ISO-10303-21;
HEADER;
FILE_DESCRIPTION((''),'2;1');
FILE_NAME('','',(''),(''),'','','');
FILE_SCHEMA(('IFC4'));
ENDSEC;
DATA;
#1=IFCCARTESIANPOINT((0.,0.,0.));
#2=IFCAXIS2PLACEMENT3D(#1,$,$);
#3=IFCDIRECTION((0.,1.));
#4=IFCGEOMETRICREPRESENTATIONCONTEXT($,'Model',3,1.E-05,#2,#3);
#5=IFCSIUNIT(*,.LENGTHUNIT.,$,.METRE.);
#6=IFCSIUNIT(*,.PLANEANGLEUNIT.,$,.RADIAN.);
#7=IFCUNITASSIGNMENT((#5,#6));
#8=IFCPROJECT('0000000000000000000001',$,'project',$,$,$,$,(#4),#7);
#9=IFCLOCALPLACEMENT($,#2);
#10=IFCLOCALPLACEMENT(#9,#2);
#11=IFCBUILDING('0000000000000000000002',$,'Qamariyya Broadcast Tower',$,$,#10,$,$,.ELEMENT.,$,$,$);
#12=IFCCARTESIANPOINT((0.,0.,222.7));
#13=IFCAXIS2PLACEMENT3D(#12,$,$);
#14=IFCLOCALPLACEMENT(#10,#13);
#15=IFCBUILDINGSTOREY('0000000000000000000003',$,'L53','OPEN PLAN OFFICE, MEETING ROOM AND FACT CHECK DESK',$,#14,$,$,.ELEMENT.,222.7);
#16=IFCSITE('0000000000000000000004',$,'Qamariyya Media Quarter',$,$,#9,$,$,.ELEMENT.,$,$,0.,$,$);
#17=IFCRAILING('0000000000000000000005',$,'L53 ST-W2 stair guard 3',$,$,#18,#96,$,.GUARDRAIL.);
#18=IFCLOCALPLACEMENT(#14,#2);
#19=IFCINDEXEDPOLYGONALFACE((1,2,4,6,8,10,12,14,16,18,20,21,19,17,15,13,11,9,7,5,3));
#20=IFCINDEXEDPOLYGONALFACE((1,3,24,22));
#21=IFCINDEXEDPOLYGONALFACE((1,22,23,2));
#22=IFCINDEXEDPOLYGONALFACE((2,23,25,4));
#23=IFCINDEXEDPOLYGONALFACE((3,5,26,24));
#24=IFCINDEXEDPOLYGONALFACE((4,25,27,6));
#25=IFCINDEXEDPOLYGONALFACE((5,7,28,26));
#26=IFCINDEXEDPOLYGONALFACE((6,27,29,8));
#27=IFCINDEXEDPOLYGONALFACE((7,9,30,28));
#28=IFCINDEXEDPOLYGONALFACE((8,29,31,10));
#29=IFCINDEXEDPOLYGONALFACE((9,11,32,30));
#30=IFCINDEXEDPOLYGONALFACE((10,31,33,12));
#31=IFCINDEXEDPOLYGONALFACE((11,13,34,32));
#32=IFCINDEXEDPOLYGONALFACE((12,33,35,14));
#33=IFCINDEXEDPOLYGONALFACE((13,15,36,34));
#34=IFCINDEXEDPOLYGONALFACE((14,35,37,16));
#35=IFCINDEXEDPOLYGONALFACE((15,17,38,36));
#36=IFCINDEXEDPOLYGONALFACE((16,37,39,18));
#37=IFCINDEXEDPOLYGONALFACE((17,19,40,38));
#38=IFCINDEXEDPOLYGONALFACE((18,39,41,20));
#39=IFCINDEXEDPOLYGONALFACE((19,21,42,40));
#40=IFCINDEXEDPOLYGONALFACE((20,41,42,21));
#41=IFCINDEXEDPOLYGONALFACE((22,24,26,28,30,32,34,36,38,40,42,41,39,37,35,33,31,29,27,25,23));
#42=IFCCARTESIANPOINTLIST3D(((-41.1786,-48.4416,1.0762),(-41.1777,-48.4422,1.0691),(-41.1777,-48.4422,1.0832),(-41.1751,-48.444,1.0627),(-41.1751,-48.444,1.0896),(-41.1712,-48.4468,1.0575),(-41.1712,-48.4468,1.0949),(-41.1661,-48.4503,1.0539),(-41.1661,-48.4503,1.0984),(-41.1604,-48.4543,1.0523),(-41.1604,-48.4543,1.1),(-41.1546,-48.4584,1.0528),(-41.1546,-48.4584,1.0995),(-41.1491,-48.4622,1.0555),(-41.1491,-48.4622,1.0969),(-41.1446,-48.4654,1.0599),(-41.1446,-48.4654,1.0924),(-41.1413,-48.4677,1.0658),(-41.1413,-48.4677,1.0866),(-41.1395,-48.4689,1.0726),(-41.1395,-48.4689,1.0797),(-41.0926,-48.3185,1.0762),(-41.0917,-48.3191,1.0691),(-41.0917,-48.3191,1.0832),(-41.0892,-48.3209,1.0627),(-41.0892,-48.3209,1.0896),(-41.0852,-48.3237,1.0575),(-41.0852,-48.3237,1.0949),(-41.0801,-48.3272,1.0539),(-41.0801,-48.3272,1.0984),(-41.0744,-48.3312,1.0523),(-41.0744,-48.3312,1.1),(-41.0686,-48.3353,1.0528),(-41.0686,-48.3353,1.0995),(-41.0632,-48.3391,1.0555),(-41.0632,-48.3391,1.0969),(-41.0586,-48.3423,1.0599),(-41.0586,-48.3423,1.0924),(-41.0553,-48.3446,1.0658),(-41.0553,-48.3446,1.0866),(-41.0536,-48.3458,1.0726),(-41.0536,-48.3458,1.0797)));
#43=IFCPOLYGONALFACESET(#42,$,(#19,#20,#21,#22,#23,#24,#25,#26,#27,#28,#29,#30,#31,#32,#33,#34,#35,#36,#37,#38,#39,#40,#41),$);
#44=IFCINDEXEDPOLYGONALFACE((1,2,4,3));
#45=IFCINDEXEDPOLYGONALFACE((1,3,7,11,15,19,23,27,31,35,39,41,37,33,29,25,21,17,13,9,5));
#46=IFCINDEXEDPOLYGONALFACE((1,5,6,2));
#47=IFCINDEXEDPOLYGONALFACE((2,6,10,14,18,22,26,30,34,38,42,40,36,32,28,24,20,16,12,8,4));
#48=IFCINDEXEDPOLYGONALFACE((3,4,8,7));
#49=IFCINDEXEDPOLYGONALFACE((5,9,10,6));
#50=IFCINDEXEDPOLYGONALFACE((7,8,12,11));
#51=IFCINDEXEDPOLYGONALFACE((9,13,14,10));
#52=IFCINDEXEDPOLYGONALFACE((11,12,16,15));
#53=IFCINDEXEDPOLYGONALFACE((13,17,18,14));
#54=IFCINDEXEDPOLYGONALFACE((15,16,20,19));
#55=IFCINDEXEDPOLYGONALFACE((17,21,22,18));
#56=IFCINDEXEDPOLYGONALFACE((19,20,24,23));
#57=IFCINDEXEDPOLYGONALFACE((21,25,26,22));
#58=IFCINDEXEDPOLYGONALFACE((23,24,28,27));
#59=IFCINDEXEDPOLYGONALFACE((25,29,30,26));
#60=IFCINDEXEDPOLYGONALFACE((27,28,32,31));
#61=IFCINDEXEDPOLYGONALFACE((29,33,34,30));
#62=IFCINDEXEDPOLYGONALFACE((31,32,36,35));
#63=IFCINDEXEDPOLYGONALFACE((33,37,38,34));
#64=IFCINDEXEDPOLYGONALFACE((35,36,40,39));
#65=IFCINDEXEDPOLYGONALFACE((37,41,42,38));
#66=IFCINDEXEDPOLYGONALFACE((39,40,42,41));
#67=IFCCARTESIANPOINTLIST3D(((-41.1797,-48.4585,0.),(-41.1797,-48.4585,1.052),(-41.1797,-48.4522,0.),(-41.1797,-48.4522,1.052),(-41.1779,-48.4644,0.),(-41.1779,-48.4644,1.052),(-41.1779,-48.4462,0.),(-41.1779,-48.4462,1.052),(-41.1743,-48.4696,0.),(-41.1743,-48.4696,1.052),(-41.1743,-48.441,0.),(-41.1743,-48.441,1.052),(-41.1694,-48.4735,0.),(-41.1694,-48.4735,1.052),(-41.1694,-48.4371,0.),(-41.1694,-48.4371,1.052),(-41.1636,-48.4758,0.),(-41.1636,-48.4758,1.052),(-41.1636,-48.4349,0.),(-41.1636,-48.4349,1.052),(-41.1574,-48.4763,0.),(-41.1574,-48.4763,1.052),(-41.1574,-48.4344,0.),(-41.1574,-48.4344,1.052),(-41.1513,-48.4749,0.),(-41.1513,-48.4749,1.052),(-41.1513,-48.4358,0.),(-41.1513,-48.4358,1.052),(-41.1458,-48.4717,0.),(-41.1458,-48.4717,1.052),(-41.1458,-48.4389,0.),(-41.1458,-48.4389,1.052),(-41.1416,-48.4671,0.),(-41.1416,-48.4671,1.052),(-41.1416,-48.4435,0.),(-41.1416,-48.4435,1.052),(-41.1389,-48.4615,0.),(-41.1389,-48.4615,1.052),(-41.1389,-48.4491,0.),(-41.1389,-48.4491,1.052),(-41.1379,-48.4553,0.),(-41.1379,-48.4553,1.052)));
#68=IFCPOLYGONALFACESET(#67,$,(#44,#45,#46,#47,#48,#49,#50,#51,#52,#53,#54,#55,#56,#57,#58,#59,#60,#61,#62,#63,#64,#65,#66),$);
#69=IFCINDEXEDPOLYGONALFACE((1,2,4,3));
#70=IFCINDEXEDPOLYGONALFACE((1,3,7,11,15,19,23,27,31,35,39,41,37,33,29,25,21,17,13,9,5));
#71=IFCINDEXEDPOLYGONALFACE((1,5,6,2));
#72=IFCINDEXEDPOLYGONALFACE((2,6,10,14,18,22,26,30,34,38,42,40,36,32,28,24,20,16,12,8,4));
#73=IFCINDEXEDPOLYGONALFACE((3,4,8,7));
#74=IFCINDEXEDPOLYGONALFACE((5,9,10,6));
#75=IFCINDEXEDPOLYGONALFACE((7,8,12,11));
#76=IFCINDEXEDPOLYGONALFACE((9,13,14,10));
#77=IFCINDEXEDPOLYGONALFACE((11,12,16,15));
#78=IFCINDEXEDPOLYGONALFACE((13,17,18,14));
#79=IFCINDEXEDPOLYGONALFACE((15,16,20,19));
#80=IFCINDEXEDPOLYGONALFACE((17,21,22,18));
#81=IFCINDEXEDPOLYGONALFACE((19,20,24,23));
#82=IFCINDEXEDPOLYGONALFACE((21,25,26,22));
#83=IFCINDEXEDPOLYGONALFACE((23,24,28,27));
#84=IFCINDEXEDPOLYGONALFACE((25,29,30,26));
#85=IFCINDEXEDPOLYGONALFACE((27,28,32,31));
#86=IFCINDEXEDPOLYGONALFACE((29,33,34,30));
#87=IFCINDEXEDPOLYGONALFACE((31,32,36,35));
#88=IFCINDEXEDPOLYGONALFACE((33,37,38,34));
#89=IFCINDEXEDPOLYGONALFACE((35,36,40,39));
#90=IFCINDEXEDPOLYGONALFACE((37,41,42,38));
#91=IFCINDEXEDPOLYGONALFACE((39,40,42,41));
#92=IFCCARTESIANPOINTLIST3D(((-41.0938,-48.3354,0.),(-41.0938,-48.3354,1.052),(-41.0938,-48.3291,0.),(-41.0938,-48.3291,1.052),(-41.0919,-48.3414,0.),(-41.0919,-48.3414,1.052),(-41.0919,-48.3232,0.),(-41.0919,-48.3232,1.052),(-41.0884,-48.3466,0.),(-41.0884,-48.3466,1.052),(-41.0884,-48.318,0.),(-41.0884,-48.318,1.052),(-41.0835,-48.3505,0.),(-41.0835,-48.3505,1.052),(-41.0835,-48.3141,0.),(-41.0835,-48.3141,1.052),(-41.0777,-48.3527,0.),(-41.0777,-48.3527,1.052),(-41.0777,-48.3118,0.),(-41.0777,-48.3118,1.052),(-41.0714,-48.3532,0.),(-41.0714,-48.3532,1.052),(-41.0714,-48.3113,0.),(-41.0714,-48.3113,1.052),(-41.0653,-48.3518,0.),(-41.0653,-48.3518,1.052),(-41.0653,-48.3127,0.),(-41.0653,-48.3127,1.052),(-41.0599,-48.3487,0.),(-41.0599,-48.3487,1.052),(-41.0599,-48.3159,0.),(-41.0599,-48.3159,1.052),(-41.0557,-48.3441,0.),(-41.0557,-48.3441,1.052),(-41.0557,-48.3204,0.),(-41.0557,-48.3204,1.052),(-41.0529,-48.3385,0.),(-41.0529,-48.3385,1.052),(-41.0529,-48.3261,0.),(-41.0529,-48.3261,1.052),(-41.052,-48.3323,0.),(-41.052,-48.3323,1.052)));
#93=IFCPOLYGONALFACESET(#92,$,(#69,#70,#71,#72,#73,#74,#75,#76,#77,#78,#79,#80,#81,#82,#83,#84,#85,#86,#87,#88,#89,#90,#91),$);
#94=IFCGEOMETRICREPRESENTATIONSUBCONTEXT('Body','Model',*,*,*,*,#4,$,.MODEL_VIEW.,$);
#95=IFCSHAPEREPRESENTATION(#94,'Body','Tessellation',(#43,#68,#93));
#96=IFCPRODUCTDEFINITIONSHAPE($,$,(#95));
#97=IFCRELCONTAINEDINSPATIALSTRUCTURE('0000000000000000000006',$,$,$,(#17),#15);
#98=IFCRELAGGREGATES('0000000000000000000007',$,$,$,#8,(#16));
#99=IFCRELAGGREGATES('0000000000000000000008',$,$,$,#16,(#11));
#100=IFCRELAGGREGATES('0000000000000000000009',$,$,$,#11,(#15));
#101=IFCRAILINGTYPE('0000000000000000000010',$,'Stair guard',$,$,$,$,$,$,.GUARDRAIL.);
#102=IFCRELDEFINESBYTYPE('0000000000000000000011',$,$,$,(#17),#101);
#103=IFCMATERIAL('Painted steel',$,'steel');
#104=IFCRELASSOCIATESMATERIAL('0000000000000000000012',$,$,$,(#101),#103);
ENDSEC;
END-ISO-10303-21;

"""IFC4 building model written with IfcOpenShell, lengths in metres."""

from ifc_helpers import new_model, si_unit, direction, frame, origin, origin_2d, place, context, subcontext, project, spatial, circle, extrude, material, type_object, element, save


model = new_model("IFC4")

# Units and contexts
model_context = context("Model", 3, precision=1e-05, world=origin(), true_north=direction((0.0, 1.0)))
body_context = subcontext(model_context, "Body", "Model", "MODEL_VIEW")
ifc_project = project(units=[si_unit("LENGTHUNIT", "METRE"), si_unit("PLANEANGLEUNIT", "RADIAN")], contexts=[model_context])

# Site, building, storey
site_placement = place(None, origin())
site = spatial("IfcSite", under=ifc_project, at=site_placement, Name="Qamariyya Media Quarter", CompositionType="ELEMENT", RefElevation=0.0)
building_placement = place(site_placement, origin())
building = spatial("IfcBuilding", under=site, at=building_placement, Name="Qamariyya Broadcast Tower", CompositionType="ELEMENT")
storey_placement = place(building_placement, frame((0.0, 0.0, 222.7)))
storey = spatial("IfcBuildingStorey", under=building, at=storey_placement, Name="L53", Description="OPEN PLAN OFFICE, MEETING ROOM AND FACT CHECK DESK", CompositionType="ELEMENT", Elevation=222.7)

# Railing
ifc_material_1 = material(Name="Painted steel", Category="steel")
railing_type_1 = type_object("IfcRailingType", Name="Stair guard", PredefinedType="GUARDRAIL", material=ifc_material_1)
railing_1_placement = place(storey_placement, frame((-41.1589, -48.4553, 0.0)))
element("IfcRailing", 1, at=railing_1_placement, inside=storey, type_object=railing_type_1, Name="L53 ST-W2 stair guard 3", PredefinedType="GUARDRAIL", context=body_context, shape_type="SweptSolid", body=[
    extrude(circle(Radius=0.0239, at=origin_2d()), frame((0.0, 0.0, 1.0762), z_axis=(0.572589, 0.819843, 0.0), x_axis=(-0.819843, 0.572589, 0.0)), (0.0, 0.0, 1.0), 0.1501),
    extrude(circle(Radius=0.021, at=origin_2d()), origin(), (0.0, 0.0, 1.0), 1.052),
    extrude(circle(Radius=0.021, at=origin_2d()), frame((0.0859, 0.123, 0.0)), (0.0, 0.0, 1.0), 1.052),
])

save(model, "model.ifc")
